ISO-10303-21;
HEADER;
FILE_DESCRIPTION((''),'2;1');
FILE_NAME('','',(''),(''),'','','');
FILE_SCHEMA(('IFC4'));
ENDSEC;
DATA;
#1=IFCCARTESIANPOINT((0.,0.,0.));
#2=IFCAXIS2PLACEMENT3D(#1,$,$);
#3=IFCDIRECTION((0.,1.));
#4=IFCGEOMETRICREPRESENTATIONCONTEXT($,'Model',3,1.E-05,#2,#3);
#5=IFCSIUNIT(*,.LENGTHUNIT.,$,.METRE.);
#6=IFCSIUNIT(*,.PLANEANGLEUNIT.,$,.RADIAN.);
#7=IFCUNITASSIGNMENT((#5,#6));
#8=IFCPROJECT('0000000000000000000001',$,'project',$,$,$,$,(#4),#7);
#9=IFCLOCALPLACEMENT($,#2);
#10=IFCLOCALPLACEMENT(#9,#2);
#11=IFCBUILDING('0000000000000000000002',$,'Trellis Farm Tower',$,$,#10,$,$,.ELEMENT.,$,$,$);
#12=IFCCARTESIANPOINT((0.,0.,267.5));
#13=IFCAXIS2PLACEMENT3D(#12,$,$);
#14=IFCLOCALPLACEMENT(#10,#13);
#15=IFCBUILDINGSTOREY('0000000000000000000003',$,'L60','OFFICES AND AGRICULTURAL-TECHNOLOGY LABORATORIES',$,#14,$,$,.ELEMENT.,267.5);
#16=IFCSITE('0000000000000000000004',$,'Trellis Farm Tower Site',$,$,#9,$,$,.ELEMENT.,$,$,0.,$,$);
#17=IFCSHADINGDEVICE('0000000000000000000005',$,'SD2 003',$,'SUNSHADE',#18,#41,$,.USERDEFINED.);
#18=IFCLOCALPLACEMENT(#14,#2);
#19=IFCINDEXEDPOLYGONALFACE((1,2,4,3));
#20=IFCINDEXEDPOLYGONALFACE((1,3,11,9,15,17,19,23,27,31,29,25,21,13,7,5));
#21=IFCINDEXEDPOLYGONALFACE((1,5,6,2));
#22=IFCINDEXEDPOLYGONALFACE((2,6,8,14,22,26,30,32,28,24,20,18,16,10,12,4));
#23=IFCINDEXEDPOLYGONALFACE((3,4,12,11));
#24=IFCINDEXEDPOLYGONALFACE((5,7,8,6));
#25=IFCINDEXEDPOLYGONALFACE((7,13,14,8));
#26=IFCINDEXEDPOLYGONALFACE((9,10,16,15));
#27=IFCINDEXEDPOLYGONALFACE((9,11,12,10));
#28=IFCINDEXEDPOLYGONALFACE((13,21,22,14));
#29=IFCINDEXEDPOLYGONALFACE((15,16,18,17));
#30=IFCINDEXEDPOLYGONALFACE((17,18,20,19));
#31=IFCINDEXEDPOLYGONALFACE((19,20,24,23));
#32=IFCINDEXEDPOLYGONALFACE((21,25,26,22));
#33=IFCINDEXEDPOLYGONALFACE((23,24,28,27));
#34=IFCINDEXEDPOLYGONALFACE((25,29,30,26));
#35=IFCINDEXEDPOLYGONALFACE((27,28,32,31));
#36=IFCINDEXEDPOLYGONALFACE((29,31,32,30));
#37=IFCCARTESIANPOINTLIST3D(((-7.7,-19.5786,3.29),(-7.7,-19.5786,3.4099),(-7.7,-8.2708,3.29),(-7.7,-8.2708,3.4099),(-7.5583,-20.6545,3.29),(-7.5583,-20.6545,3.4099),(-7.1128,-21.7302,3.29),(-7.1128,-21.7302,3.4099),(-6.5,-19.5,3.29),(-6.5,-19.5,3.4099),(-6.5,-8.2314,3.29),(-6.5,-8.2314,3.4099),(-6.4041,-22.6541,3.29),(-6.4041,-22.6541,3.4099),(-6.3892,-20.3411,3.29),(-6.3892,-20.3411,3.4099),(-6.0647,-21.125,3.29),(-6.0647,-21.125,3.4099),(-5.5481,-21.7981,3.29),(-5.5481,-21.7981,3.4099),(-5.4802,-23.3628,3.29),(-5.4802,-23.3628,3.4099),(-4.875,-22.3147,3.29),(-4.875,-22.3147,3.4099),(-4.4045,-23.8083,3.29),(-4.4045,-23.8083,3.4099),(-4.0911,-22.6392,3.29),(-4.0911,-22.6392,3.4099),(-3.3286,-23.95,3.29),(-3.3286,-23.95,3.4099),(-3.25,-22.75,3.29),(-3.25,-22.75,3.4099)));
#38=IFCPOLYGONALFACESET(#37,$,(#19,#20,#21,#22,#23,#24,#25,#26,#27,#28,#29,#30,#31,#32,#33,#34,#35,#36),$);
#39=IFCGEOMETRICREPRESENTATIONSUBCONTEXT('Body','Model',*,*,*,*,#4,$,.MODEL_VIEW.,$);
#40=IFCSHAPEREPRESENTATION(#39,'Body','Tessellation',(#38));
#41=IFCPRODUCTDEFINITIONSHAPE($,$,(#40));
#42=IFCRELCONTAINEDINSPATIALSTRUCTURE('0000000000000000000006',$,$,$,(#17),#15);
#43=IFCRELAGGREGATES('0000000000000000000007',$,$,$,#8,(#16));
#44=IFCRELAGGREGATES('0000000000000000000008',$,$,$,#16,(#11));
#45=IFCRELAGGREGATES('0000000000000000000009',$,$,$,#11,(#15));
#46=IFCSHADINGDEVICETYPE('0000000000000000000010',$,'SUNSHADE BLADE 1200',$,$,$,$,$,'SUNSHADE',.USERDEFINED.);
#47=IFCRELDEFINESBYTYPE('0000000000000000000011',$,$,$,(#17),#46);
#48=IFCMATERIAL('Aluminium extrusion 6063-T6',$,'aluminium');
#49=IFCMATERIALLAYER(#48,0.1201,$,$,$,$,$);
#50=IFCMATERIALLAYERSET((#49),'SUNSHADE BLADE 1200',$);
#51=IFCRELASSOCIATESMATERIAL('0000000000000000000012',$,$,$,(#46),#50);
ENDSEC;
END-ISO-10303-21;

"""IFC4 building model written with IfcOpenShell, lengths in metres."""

from ifc_helpers import new_model, si_unit, direction, frame, origin, place, context, subcontext, project, spatial, polyline, outline, extrude, source, transform, mapped, material, layer, layer_set, type_object, element, save


model = new_model("IFC4")

# Units and contexts
model_context = context("Model", 3, precision=1e-05, world=origin(), true_north=direction((0.0, 1.0)))
body_context = subcontext(model_context, "Body", "Model", "MODEL_VIEW")
ifc_project = project(units=[si_unit("LENGTHUNIT", "METRE"), si_unit("PLANEANGLEUNIT", "RADIAN")], contexts=[model_context])

# Site, building, storey
site_placement = place(None, origin())
site = spatial("IfcSite", under=ifc_project, at=site_placement, Name="Trellis Farm Tower Site", CompositionType="ELEMENT", RefElevation=0.0)
building_placement = place(site_placement, origin())
building = spatial("IfcBuilding", under=site, at=building_placement, Name="Trellis Farm Tower", CompositionType="ELEMENT")
storey_placement = place(building_placement, frame((0.0, 0.0, 267.5)))
storey = spatial("IfcBuildingStorey", under=building, at=storey_placement, Name="L60", Description="OFFICES AND AGRICULTURAL-TECHNOLOGY LABORATORIES", CompositionType="ELEMENT", Elevation=267.5)

# Shared definitions
ifc_material_1 = material(Name="Aluminium extrusion 6063-T6", Category="aluminium")

# Shading device
placement_1 = place(storey_placement, frame((0.0, 0.0, 3.29)))
ifc_layer_1 = layer(ifc_material_1, 0.1201)
ifc_layer_set_1 = layer_set([ifc_layer_1], Name="SUNSHADE BLADE 1200")
shading_device_type_1 = type_object("IfcShadingDeviceType", Name="SUNSHADE BLADE 1200", ElementType="SUNSHADE", PredefinedType="USERDEFINED", material=ifc_layer_set_1)
shared_shape_1 = source(origin(), body_context, "Body", "SweptSolid", [
    extrude(outline(polyline([(-7.7, -8.2708), (-7.7, -19.5786), (-7.5583, -20.6545), (-7.1128, -21.7302), (-6.4041, -22.6541), (-5.4802, -23.3628), (-4.4045, -23.8083), (-3.3286, -23.95), (-3.25, -22.75), (-4.0911, -22.6392), (-4.875, -22.3147), (-5.5481, -21.7981), (-6.0647, -21.125), (-6.3892, -20.3411), (-6.5, -19.5), (-6.5, -8.2314), (-7.7, -8.2708)])), origin(), (0.0, 0.0, 1.0), 0.1199),
])
element("IfcShadingDevice", 1, at=placement_1, inside=storey, type_object=shading_device_type_1, Name="SD2 003", ObjectType="SUNSHADE", PredefinedType="USERDEFINED", context=body_context, shape_type="MappedRepresentation", body=[
    mapped(shared_shape_1, transform((0.0, 0.0, 0.0))),
])

save(model, "model.ifc")
